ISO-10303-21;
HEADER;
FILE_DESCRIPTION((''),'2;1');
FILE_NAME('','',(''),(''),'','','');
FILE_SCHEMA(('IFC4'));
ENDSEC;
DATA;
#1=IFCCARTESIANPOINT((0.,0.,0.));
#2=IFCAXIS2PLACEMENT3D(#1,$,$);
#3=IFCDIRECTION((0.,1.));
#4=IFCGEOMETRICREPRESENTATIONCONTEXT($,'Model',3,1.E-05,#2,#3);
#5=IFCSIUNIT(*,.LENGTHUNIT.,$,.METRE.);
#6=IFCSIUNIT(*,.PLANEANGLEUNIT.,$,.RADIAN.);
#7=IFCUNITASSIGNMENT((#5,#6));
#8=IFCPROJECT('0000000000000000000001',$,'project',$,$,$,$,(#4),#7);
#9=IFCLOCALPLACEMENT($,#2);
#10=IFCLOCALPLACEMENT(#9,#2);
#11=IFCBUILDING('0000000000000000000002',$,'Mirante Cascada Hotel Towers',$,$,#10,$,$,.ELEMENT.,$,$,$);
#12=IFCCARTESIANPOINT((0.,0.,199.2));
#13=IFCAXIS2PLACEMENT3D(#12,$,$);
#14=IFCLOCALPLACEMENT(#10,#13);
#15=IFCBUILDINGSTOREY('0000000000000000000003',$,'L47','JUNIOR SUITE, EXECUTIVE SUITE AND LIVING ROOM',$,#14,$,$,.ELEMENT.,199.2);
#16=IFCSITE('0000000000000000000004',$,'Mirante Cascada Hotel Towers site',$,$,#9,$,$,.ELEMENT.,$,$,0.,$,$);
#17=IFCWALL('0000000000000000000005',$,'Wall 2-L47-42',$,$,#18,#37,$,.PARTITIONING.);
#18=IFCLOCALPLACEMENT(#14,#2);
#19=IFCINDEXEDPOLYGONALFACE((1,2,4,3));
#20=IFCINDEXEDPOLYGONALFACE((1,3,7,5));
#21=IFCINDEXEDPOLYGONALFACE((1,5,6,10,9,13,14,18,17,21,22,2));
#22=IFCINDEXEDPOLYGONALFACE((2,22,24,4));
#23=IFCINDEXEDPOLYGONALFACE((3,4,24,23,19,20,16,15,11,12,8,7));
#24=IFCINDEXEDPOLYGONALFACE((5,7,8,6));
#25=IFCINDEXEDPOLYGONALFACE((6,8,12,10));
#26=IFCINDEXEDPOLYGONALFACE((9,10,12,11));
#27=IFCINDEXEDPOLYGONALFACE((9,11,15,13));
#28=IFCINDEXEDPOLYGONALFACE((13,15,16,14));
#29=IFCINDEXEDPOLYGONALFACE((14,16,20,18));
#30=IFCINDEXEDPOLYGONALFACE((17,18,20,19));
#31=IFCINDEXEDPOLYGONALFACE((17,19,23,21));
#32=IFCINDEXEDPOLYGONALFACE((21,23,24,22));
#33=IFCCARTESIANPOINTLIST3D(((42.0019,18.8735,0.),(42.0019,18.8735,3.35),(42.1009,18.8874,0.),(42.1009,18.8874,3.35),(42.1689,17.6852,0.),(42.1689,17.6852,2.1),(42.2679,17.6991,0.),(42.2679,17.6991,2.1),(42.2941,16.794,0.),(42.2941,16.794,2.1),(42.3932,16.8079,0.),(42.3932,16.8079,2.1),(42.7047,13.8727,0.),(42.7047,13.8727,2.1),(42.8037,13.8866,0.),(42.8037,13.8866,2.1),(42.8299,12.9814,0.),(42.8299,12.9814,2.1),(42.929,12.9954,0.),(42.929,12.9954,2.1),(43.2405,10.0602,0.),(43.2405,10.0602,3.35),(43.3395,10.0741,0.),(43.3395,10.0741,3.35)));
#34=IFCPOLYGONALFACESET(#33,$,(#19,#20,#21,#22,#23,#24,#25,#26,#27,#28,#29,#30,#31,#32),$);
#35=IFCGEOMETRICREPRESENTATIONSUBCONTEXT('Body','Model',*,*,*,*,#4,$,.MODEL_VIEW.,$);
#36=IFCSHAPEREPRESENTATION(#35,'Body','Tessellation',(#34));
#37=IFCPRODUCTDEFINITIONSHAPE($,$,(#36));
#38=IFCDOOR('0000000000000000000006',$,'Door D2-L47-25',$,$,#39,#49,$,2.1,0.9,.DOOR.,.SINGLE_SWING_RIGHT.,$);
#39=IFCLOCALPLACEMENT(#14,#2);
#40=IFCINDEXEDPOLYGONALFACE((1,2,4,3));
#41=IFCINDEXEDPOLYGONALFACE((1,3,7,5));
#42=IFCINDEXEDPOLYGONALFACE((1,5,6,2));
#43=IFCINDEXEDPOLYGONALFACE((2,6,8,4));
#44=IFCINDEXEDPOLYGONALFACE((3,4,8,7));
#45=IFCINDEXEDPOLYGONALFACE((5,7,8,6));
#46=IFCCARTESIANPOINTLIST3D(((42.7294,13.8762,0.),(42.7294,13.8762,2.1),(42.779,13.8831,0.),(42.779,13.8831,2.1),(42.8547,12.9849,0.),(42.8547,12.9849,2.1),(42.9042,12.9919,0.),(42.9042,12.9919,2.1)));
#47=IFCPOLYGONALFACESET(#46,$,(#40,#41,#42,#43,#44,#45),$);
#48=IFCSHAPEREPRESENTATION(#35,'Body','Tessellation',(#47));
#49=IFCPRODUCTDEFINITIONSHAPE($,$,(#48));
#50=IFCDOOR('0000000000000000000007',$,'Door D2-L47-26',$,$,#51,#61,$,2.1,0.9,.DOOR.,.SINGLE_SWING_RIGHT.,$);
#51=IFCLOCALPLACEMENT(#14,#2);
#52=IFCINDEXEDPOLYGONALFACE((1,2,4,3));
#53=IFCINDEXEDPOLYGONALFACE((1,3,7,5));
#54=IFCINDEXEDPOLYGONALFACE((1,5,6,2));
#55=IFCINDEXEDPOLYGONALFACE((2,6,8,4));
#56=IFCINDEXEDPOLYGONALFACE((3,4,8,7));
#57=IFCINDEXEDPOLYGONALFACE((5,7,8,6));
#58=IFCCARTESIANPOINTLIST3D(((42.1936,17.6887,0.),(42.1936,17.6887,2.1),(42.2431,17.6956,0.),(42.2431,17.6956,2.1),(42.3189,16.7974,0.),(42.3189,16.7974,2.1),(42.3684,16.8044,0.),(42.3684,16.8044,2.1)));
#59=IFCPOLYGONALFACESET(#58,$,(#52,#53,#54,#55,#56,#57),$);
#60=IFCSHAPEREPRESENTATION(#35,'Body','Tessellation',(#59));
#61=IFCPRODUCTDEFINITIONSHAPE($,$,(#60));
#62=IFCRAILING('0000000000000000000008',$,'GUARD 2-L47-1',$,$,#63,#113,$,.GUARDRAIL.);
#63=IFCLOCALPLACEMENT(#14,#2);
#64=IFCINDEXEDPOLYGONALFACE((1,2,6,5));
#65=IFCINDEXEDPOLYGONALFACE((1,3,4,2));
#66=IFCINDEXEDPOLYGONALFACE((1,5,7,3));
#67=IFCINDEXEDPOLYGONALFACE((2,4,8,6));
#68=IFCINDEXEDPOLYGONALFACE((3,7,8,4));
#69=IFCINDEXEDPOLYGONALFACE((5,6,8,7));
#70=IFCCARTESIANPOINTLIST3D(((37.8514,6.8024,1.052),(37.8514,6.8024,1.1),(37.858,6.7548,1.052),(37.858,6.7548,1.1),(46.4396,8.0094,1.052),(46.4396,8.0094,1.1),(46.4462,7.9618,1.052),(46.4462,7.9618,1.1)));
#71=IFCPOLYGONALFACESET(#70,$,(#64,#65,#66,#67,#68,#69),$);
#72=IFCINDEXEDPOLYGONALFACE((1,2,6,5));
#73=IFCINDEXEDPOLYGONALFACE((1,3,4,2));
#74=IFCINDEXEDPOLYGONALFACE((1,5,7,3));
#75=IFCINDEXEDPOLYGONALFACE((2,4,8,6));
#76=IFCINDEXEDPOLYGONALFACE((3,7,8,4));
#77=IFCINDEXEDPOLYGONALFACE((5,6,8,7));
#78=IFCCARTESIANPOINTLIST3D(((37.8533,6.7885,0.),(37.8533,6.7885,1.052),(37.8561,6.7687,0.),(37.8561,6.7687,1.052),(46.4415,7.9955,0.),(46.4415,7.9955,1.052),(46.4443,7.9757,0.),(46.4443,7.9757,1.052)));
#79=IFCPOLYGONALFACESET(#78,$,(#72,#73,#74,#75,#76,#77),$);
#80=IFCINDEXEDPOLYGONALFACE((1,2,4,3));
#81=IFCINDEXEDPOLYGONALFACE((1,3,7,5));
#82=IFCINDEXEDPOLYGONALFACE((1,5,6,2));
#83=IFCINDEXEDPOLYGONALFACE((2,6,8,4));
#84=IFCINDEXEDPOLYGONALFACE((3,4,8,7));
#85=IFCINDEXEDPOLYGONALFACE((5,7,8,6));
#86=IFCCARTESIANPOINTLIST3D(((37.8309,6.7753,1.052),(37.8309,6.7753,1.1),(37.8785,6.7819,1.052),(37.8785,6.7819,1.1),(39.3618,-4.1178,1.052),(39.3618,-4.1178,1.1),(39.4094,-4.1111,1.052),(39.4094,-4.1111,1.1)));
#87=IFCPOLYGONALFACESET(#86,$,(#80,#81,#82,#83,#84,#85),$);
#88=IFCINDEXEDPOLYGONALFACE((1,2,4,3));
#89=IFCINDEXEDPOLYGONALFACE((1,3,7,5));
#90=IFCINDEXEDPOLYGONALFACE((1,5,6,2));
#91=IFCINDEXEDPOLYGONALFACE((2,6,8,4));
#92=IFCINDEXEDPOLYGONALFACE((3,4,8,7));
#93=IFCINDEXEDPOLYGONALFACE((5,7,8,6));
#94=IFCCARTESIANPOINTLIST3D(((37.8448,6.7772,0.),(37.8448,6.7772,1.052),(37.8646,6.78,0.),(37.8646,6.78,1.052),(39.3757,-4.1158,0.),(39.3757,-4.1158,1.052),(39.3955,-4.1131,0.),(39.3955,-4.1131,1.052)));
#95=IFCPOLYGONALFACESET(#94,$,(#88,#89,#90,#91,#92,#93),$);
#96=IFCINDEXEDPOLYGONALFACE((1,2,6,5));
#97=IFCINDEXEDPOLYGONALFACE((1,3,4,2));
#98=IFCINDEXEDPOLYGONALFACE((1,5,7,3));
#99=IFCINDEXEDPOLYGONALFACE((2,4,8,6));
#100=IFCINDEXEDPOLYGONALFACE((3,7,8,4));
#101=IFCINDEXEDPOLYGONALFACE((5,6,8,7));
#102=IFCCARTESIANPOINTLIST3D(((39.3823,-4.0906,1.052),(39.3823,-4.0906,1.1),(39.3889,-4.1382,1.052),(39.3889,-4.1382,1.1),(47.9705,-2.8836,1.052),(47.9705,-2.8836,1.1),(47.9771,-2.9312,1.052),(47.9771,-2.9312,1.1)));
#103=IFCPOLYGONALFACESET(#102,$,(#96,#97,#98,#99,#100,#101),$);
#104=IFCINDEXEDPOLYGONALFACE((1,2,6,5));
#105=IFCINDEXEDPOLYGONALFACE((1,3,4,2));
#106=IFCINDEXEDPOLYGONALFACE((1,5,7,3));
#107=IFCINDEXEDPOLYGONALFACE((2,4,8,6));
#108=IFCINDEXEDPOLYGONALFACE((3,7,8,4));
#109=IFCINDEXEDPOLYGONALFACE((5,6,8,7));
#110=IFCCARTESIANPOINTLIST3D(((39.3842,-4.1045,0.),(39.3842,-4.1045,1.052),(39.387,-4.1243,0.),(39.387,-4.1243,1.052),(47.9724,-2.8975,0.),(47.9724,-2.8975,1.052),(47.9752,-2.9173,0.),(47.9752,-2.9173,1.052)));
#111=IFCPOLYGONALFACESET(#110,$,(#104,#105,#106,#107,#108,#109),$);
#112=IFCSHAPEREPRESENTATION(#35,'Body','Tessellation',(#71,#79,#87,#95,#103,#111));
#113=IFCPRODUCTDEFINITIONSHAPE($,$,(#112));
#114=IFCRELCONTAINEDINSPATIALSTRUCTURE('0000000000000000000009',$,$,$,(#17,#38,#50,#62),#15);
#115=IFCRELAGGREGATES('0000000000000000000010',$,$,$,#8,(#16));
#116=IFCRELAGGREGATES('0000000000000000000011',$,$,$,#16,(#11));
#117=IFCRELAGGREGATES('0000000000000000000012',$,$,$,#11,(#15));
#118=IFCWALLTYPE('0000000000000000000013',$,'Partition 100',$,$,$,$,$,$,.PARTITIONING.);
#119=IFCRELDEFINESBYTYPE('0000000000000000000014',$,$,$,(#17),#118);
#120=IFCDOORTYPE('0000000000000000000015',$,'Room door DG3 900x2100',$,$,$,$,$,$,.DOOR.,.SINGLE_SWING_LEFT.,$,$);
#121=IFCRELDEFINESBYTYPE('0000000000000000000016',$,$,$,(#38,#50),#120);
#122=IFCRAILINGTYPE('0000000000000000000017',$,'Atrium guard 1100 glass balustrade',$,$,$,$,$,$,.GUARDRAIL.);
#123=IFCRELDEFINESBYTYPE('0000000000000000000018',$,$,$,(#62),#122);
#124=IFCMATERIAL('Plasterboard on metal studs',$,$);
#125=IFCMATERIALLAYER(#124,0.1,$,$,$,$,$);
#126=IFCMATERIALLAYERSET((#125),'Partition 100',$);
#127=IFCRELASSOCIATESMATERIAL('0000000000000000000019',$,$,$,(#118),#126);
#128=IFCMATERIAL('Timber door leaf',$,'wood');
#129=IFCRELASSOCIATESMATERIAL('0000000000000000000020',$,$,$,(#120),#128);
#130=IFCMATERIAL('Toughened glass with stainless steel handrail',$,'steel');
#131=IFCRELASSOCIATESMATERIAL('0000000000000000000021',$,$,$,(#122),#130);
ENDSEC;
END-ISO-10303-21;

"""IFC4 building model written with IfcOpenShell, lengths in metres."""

from ifc_helpers import new_model, si_unit, direction, frame, frame_2d, origin, origin_2d, place, context, subcontext, project, spatial, rectangle, extrude, material, layer, layer_set, type_object, element, fill, save


model = new_model("IFC4")

# Units and contexts
model_context = context("Model", 3, precision=1e-05, world=origin(), true_north=direction((0.0, 1.0)))
body_context = subcontext(model_context, "Body", "Model", "MODEL_VIEW")
ifc_project = project(units=[si_unit("LENGTHUNIT", "METRE"), si_unit("PLANEANGLEUNIT", "RADIAN")], contexts=[model_context])

# Site, building, storey
site_placement = place(None, origin())
site = spatial("IfcSite", under=ifc_project, at=site_placement, Name="Mirante Cascada Hotel Towers site", CompositionType="ELEMENT", RefElevation=0.0)
building_placement = place(site_placement, origin())
building = spatial("IfcBuilding", under=site, at=building_placement, Name="Mirante Cascada Hotel Towers", CompositionType="ELEMENT")
storey_placement = place(building_placement, frame((0.0, 0.0, 199.2)))
storey = spatial("IfcBuildingStorey", under=building, at=storey_placement, Name="L47", Description="JUNIOR SUITE, EXECUTIVE SUITE AND LIVING ROOM", CompositionType="ELEMENT", Elevation=199.2)

# Shared definitions
ifc_material_1 = material(Name="Plasterboard on metal studs")
ifc_layer_1 = layer(ifc_material_1, 0.1)
ifc_layer_set_1 = layer_set([ifc_layer_1], Name="Partition 100")
wall_type_1 = type_object("IfcWallType", Name="Partition 100", PredefinedType="PARTITIONING", material=ifc_layer_set_1)

# Shared definitions
ifc_material_2 = material(Name="Timber door leaf", Category="wood")
door_type_1 = type_object("IfcDoorType", Name="Room door DG3 900x2100", OperationType="SINGLE_SWING_LEFT", PredefinedType="DOOR", material=ifc_material_2)

# Wall, openings, doors
wall_1_placement = place(storey_placement, frame((43.29, 10.0671, 0.0), z_axis=(0.0, 0.0, 1.0), x_axis=(-0.13917, 0.990268, 0.0)))
wall_1 = element("IfcWall", 1, at=wall_1_placement, inside=storey, type_object=wall_type_1, Name="Wall 2-L47-42", PredefinedType="PARTITIONING", context=body_context, shape_type="SweptSolid", body=[
    extrude(rectangle(XDim=8.8999, YDim=0.1, at=frame_2d((4.45, 0.0))), origin(), (0.0, 0.0, 1.0), 3.35),
])
opening_1_placement = place(wall_1_placement, frame((2.95, 0.0, 0.0)))
opening_1 = element("IfcOpeningElement", 2, at=opening_1_placement, cuts=wall_1, PredefinedType="OPENING", context=body_context, shape_type="SweptSolid", body=[
    extrude(rectangle(XDim=0.9, YDim=2.1, at=frame_2d((0.45, 1.05))), frame((0.0, 0.05, 0.0), z_axis=(0.0, -1.0, 0.0), x_axis=(1.0, 0.0, 0.0)), (0.0, 0.0, 1.0), 0.1),
])
opening_2_placement = place(wall_1_placement, frame((6.8, 0.0, 0.0)))
opening_2 = element("IfcOpeningElement", 3, at=opening_2_placement, cuts=wall_1, PredefinedType="OPENING", context=body_context, shape_type="SweptSolid", body=[
    extrude(rectangle(XDim=0.9, YDim=2.1, at=frame_2d((0.45, 1.05))), frame((0.0, 0.05, 0.0), z_axis=(0.0, -1.0, 0.0), x_axis=(1.0, 0.0, 0.0)), (0.0, 0.0, 1.0), 0.1),
])
door_1_placement = place(opening_1_placement, frame((0.9, 0.0, 0.0), z_axis=(0.0, 0.0, 1.0), x_axis=(-1.0, 0.0, 0.0)))
door_1 = element("IfcDoor", 4, at=door_1_placement, inside=storey, type_object=door_type_1, Name="Door D2-L47-25", OperationType="SINGLE_SWING_RIGHT", OverallHeight=2.1, OverallWidth=0.9, PredefinedType="DOOR", context=body_context, shape_type="SweptSolid", body=[
    extrude(rectangle(XDim=0.9, YDim=2.1, at=frame_2d((0.45, 1.05))), frame((0.0, 0.025, 0.0), z_axis=(0.0, -1.0, 0.0), x_axis=(1.0, 0.0, 0.0)), (0.0, 0.0, 1.0), 0.05),
])
fill(opening_1, door_1)
door_2_placement = place(opening_2_placement, frame((0.9, 0.0, 0.0), z_axis=(0.0, 0.0, 1.0), x_axis=(-1.0, 0.0, 0.0)))
door_2 = element("IfcDoor", 5, at=door_2_placement, inside=storey, type_object=door_type_1, Name="Door D2-L47-26", OperationType="SINGLE_SWING_RIGHT", OverallHeight=2.1, OverallWidth=0.9, PredefinedType="DOOR", context=body_context, shape_type="SweptSolid", body=[
    extrude(rectangle(XDim=0.9, YDim=2.1, at=frame_2d((0.45, 1.05))), frame((0.0, 0.025, 0.0), z_axis=(0.0, -1.0, 0.0), x_axis=(1.0, 0.0, 0.0)), (0.0, 0.0, 1.0), 0.05),
])
fill(opening_2, door_2)

# Railing
ifc_material_3 = material(Name="Toughened glass with stainless steel handrail", Category="steel")
railing_type = type_object("IfcRailingType", Name="Atrium guard 1100 glass balustrade", PredefinedType="GUARDRAIL", material=ifc_material_3)
railing_placement = place(storey_placement, frame((46.4429, 7.9856, 0.0)))
element("IfcRailing", 6, at=railing_placement, inside=storey, type_object=railing_type, Name="GUARD 2-L47-1", PredefinedType="GUARDRAIL", context=body_context, shape_type="SweptSolid", body=[
    extrude(rectangle(XDim=0.048, YDim=0.048, at=origin_2d()), frame((0.0, 0.0, 1.076), z_axis=(-0.990268, -0.139174, 0.0), x_axis=(0.139174, -0.990268, 0.0)), (0.0, 0.0, 1.0), 8.6726),
    extrude(rectangle(XDim=0.02, YDim=1.052, at=origin_2d()), frame((0.0, 0.0, 0.526), z_axis=(-0.990268, -0.139174, 0.0), x_axis=(0.139174, -0.990268, 0.0)), (0.0, 0.0, 1.0), 8.6726),
    extrude(rectangle(XDim=0.048, YDim=0.048, at=origin_2d()), frame((-8.5882, -1.207, 1.076), z_axis=(0.139172, -0.990268, 0.0), x_axis=(0.990268, 0.139172, 0.0)), (0.0, 0.0, 1.0), 11.0001),
    extrude(rectangle(XDim=0.02, YDim=1.052, at=origin_2d()), frame((-8.5882, -1.207, 0.526), z_axis=(0.139172, -0.990268, 0.0), x_axis=(0.990268, 0.139172, 0.0)), (0.0, 0.0, 1.0), 11.0001),
    extrude(rectangle(XDim=0.048, YDim=0.048, at=origin_2d()), frame((-7.0573, -12.1, 1.076), z_axis=(0.990268, 0.139174, 0.0), x_axis=(-0.139174, 0.990268, 0.0)), (0.0, 0.0, 1.0), 8.6726),
    extrude(rectangle(XDim=0.02, YDim=1.052, at=origin_2d()), frame((-7.0573, -12.1, 0.526), z_axis=(0.990268, 0.139174, 0.0), x_axis=(-0.139174, 0.990268, 0.0)), (0.0, 0.0, 1.0), 8.6726),
])

save(model, "model.ifc")
